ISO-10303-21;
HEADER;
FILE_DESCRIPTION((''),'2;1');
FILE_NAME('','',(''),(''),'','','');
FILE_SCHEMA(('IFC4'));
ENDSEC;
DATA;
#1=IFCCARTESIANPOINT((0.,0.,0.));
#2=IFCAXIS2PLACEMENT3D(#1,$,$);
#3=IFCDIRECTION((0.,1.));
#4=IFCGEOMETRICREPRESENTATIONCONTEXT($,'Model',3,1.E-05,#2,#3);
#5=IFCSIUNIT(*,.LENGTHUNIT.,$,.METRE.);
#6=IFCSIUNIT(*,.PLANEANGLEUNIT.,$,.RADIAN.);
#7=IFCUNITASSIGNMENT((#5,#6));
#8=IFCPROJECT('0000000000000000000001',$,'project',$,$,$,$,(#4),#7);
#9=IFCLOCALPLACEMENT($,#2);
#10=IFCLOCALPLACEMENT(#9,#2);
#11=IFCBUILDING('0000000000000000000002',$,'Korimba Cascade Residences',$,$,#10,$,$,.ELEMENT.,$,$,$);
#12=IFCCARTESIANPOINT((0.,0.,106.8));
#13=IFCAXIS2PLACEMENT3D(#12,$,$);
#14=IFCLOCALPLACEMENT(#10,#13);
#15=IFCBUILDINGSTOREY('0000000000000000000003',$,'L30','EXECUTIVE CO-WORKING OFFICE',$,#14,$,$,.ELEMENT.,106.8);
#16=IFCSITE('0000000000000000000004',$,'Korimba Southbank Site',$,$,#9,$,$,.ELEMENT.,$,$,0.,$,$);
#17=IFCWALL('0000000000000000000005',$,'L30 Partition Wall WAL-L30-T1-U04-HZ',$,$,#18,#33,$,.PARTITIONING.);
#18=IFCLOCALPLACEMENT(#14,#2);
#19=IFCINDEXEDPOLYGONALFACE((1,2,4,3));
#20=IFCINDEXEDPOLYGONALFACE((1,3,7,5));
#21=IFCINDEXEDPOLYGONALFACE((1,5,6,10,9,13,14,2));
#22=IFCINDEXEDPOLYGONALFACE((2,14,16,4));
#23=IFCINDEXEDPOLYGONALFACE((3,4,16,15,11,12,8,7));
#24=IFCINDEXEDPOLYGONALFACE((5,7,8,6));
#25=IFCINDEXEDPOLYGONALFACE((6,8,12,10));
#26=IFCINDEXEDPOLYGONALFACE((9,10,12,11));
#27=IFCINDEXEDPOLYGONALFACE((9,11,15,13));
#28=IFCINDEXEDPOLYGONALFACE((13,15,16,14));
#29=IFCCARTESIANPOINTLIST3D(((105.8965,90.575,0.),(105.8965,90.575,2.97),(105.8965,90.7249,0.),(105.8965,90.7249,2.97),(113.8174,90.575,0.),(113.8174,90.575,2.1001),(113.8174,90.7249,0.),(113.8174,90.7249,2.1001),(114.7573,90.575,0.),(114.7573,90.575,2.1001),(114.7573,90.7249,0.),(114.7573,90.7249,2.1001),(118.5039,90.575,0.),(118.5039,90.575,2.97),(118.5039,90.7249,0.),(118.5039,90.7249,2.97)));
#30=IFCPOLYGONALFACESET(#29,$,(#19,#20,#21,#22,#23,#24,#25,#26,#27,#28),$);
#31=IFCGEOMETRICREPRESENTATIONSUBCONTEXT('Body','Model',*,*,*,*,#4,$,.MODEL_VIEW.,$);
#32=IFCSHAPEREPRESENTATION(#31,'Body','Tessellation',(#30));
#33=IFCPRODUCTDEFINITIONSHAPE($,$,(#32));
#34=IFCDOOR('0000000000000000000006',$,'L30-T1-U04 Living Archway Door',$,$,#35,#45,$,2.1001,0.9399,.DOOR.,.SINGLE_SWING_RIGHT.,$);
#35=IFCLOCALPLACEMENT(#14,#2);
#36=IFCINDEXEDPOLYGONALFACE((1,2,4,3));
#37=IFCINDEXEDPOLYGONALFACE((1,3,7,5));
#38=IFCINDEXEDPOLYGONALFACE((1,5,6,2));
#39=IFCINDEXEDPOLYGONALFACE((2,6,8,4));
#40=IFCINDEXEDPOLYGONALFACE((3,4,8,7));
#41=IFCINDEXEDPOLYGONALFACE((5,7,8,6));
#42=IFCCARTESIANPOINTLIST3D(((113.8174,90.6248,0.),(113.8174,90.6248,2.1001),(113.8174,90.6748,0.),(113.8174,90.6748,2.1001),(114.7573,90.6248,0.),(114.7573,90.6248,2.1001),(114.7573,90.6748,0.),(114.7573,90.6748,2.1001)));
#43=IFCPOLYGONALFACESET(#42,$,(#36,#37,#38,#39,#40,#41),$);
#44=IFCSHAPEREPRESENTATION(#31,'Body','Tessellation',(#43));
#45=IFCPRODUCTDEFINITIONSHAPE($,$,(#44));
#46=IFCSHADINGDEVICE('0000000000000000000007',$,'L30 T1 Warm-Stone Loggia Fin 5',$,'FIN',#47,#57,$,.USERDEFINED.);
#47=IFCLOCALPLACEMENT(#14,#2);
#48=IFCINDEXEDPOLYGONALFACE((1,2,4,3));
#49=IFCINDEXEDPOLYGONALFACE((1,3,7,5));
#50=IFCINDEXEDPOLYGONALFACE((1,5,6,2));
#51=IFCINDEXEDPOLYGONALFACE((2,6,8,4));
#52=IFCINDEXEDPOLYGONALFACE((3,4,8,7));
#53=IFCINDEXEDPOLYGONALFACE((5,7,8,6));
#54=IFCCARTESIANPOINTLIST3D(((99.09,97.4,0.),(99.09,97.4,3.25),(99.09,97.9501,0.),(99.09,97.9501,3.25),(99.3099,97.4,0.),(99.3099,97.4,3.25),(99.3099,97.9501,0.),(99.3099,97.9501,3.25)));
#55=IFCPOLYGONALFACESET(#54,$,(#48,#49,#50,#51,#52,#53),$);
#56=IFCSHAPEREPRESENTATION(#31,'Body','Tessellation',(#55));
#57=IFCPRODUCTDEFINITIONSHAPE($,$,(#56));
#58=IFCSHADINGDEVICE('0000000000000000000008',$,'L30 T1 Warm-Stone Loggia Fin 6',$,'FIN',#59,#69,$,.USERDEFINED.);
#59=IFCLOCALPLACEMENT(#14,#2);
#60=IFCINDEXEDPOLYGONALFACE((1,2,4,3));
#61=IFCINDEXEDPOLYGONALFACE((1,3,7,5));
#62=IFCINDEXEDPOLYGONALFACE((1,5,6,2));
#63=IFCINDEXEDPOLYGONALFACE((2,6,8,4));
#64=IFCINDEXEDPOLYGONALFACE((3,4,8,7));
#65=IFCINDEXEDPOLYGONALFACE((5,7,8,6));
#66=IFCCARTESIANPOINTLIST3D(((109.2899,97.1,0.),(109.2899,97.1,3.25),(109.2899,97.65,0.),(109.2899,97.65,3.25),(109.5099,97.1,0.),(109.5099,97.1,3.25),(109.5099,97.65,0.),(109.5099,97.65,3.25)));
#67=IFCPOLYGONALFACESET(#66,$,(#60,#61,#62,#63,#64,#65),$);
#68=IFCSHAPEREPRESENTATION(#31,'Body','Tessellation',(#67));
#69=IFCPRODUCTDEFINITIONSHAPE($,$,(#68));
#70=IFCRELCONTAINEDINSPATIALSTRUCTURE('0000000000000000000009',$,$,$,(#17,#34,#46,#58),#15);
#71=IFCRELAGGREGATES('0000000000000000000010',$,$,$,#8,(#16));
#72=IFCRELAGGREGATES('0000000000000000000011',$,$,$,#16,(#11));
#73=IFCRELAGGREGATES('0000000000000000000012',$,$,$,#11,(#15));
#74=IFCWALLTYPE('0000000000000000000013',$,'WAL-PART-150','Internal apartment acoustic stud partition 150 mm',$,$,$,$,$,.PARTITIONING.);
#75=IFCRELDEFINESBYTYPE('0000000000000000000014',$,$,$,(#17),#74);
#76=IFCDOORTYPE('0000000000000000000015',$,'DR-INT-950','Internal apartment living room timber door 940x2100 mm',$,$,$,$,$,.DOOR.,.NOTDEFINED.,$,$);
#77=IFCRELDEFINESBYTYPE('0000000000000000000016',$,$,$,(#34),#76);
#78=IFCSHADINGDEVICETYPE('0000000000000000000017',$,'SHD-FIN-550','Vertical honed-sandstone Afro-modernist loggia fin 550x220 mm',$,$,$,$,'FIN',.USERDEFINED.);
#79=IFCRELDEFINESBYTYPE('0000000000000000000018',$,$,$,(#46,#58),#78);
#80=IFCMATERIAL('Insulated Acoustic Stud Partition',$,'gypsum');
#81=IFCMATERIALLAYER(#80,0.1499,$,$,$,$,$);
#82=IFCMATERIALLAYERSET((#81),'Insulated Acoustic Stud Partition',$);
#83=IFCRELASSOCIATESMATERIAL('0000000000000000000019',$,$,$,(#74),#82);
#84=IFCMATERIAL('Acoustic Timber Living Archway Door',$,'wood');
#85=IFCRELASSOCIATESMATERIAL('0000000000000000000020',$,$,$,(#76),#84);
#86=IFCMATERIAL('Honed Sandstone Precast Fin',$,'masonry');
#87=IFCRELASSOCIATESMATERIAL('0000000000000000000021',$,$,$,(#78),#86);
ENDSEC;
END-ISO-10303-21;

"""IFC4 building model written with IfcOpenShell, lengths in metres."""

from ifc_helpers import new_model, si_unit, direction, frame, frame_2d, origin, origin_2d, place, context, subcontext, project, spatial, rectangle, extrude, material, layer, layer_set, type_object, element, fill, save


model = new_model("IFC4")

# Units and contexts
model_context = context("Model", 3, precision=1e-05, world=origin(), true_north=direction((0.0, 1.0)))
body_context = subcontext(model_context, "Body", "Model", "MODEL_VIEW")
ifc_project = project(units=[si_unit("LENGTHUNIT", "METRE"), si_unit("PLANEANGLEUNIT", "RADIAN")], contexts=[model_context])

# Site, building, storey
site_placement = place(None, origin())
site = spatial("IfcSite", under=ifc_project, at=site_placement, Name="Korimba Southbank Site", CompositionType="ELEMENT", RefElevation=0.0)
building_placement = place(site_placement, origin())
building = spatial("IfcBuilding", under=site, at=building_placement, Name="Korimba Cascade Residences", CompositionType="ELEMENT")
storey_placement = place(building_placement, frame((0.0, 0.0, 106.8)))
storey = spatial("IfcBuildingStorey", under=building, at=storey_placement, Name="L30", Description="EXECUTIVE CO-WORKING OFFICE", CompositionType="ELEMENT", Elevation=106.8)

# Shared definitions
ifc_material_1 = material(Name="Insulated Acoustic Stud Partition", Category="gypsum")
ifc_layer = layer(ifc_material_1, 0.1499)
ifc_layer_set = layer_set([ifc_layer], Name="Insulated Acoustic Stud Partition")
wall_type = type_object("IfcWallType", Name="WAL-PART-150", Description="Internal apartment acoustic stud partition 150 mm", PredefinedType="PARTITIONING", material=ifc_layer_set)

# Wall, opening, door
wall_1_placement = place(storey_placement, frame((105.8965, 90.6499, 0.0), z_axis=(0.0, 0.0, 1.0), x_axis=(1.0, 0.0, 0.0)))
wall_1 = element("IfcWall", 1, at=wall_1_placement, inside=storey, type_object=wall_type, Name="L30 Partition Wall WAL-L30-T1-U04-HZ", PredefinedType="PARTITIONING", context=body_context, shape_type="SweptSolid", body=[
    extrude(rectangle(XDim=12.6074, YDim=0.1499, at=frame_2d((6.3037, 0.0))), origin(), (0.0, 0.0, 1.0), 2.97),
])
opening_1_placement = place(wall_1_placement, frame((7.9209, 0.0, 0.0)))
opening_1 = element("IfcOpeningElement", 2, at=opening_1_placement, cuts=wall_1, PredefinedType="OPENING", context=body_context, shape_type="SweptSolid", body=[
    extrude(rectangle(XDim=0.9399, YDim=2.1001, at=frame_2d((0.47, 1.05))), frame((0.0, 0.085, 0.0), z_axis=(0.0, -1.0, 0.0), x_axis=(1.0, 0.0, 0.0)), (0.0, 0.0, 1.0), 0.1699),
])
ifc_material_2 = material(Name="Acoustic Timber Living Archway Door", Category="wood")
door_type_1 = type_object("IfcDoorType", Name="DR-INT-950", Description="Internal apartment living room timber door 940x2100 mm", OperationType="NOTDEFINED", PredefinedType="DOOR", material=ifc_material_2)
door_1_placement = place(opening_1_placement, origin())
door_1 = element("IfcDoor", 3, at=door_1_placement, inside=storey, type_object=door_type_1, Name="L30-T1-U04 Living Archway Door", OperationType="SINGLE_SWING_RIGHT", OverallHeight=2.1001, OverallWidth=0.9399, PredefinedType="DOOR", context=body_context, shape_type="SweptSolid", body=[
    extrude(rectangle(XDim=0.9399, YDim=2.1001, at=frame_2d((0.47, 1.05))), frame((0.0, 0.0249, 0.0), z_axis=(0.0, -1.0, 0.0), x_axis=(1.0, 0.0, 0.0)), (0.0, 0.0, 1.0), 0.05),
])
fill(opening_1, door_1)

# Shading devices
ifc_material_3 = material(Name="Honed Sandstone Precast Fin", Category="masonry")
shading_device_type = type_object("IfcShadingDeviceType", Name="SHD-FIN-550", Description="Vertical honed-sandstone Afro-modernist loggia fin 550x220 mm", ElementType="FIN", PredefinedType="USERDEFINED", material=ifc_material_3)
for number, where, z_axis, x_axis, name in (
    (4, (99.2, 97.675, 0.0), (0.0, 0.0, 1.0), (1.0, 0.0, 0.0), "L30 T1 Warm-Stone Loggia Fin 5"),
    (5, (109.3999, 97.375, 0.0), (0.0, 0.0, 1.0), (1.0, 0.0, 0.0), "L30 T1 Warm-Stone Loggia Fin 6"),
):
    element("IfcShadingDevice", number, at=place(storey_placement, frame(where, z_axis=z_axis, x_axis=x_axis)), inside=storey, type_object=shading_device_type, Name=name, ObjectType="FIN", PredefinedType="USERDEFINED", context=body_context, shape_type="SweptSolid", body=[
        extrude(rectangle(XDim=0.22, YDim=0.55, at=origin_2d()), origin(), (0.0, 0.0, 1.0), 3.25),
    ])

save(model, "model.ifc")
